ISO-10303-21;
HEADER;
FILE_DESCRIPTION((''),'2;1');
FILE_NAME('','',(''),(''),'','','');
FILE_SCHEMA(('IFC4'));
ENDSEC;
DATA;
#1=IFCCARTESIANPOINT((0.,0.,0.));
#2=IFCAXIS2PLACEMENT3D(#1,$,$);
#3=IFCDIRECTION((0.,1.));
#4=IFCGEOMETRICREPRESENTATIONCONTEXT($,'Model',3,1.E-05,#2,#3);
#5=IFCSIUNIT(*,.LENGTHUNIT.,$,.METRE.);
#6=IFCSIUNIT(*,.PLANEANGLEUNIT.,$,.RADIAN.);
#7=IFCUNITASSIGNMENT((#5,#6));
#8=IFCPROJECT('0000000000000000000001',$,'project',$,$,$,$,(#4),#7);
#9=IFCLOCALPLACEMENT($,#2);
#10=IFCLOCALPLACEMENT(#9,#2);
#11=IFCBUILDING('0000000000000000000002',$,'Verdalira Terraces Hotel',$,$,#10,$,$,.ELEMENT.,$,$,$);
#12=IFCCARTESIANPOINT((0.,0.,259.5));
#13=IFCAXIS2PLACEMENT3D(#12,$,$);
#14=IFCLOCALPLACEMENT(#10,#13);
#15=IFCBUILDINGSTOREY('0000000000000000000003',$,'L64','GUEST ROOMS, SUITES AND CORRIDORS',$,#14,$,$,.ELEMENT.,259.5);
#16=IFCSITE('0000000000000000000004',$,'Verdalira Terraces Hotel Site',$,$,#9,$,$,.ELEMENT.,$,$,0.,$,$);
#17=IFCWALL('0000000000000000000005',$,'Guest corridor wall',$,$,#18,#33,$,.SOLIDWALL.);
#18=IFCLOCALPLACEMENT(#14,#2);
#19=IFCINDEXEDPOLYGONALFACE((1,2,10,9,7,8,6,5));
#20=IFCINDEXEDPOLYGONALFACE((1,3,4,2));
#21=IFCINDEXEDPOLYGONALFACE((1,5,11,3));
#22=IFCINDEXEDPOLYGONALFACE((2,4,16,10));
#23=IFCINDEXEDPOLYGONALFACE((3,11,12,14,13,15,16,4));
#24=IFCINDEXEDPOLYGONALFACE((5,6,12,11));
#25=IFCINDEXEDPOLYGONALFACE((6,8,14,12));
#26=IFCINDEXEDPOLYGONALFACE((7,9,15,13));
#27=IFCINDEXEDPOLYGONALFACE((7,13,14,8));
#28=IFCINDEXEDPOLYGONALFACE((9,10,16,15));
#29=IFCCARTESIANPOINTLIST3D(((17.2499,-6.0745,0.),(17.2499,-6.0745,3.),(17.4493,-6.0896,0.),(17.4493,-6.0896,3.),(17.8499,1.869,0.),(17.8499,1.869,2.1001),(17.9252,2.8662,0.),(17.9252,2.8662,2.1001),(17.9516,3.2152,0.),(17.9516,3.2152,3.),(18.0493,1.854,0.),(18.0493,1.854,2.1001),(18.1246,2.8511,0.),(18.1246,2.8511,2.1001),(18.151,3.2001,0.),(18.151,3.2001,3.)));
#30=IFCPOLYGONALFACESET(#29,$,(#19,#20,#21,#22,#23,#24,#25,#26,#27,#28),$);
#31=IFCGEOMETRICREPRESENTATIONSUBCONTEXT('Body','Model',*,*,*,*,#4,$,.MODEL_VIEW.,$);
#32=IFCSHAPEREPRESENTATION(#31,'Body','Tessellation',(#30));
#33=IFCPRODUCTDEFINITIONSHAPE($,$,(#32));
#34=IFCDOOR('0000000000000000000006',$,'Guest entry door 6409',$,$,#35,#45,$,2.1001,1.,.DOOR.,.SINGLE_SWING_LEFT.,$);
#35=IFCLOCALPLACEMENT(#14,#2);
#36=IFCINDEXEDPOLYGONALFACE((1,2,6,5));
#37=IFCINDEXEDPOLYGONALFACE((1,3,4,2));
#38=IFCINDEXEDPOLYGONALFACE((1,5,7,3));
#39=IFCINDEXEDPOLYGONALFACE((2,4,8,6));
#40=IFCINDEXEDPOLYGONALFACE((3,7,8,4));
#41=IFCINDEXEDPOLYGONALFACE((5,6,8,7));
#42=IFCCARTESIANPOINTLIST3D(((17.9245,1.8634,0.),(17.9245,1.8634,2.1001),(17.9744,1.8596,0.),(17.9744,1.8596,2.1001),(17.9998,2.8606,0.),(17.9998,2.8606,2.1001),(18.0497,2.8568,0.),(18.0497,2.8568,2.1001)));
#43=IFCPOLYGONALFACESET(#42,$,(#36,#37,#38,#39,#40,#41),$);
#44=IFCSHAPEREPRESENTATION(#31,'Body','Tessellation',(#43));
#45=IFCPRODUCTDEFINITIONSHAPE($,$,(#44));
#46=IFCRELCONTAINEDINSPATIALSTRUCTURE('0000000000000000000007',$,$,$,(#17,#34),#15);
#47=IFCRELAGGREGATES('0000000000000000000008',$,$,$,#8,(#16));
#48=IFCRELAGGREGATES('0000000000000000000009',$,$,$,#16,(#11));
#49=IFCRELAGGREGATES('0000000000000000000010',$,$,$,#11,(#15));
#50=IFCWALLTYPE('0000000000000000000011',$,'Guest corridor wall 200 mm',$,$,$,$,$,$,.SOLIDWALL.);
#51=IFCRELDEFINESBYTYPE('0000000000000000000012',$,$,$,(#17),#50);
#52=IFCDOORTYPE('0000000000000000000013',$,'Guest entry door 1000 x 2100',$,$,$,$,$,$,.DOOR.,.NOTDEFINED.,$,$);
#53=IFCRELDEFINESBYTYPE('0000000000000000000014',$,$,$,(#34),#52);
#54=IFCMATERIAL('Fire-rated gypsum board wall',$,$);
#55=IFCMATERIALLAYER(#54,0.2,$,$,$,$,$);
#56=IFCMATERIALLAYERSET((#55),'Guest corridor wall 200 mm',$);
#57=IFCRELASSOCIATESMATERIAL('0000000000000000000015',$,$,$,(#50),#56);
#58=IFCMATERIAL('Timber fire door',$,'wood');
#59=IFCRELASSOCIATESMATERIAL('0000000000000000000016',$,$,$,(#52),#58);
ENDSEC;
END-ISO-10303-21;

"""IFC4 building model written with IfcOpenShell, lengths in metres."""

from ifc_helpers import new_model, si_unit, direction, frame, frame_2d, origin, place, context, subcontext, project, spatial, rectangle, extrude, material, layer, layer_set, type_object, element, fill, save


model = new_model("IFC4")

# Units and contexts
model_context = context("Model", 3, precision=1e-05, world=origin(), true_north=direction((0.0, 1.0)))
body_context = subcontext(model_context, "Body", "Model", "MODEL_VIEW")
ifc_project = project(units=[si_unit("LENGTHUNIT", "METRE"), si_unit("PLANEANGLEUNIT", "RADIAN")], contexts=[model_context])

# Site, building, storey
site_placement = place(None, origin())
site = spatial("IfcSite", under=ifc_project, at=site_placement, Name="Verdalira Terraces Hotel Site", CompositionType="ELEMENT", RefElevation=0.0)
building_placement = place(site_placement, origin())
building = spatial("IfcBuilding", under=site, at=building_placement, Name="Verdalira Terraces Hotel", CompositionType="ELEMENT")
storey_placement = place(building_placement, frame((0.0, 0.0, 259.5)))
storey = spatial("IfcBuildingStorey", under=building, at=storey_placement, Name="L64", Description="GUEST ROOMS, SUITES AND CORRIDORS", CompositionType="ELEMENT", Elevation=259.5)

# Wall, opening, door
ifc_material_1 = material(Name="Fire-rated gypsum board wall")
ifc_layer_1 = layer(ifc_material_1, 0.2)
ifc_layer_set_1 = layer_set([ifc_layer_1], Name="Guest corridor wall 200 mm")
wall_type_1 = type_object("IfcWallType", Name="Guest corridor wall 200 mm", PredefinedType="SOLIDWALL", material=ifc_layer_set_1)
wall_1_placement = place(storey_placement, frame((18.0513, 3.2078, 0.0), z_axis=(0.0, 0.0, 1.0), x_axis=(-0.075316, -0.99716, 0.0)))
wall_1 = element("IfcWall", 1, at=wall_1_placement, inside=storey, type_object=wall_type_1, Name="Guest corridor wall", PredefinedType="SOLIDWALL", context=body_context, shape_type="SweptSolid", body=[
    extrude(rectangle(XDim=9.3162, YDim=0.2, at=frame_2d((4.6582, 0.0))), origin(), (0.0, 0.0, 1.0), 3.0),
])
opening_1_placement = place(wall_1_placement, frame((0.3501, 0.0, 0.0)))
opening_1 = element("IfcOpeningElement", 2, at=opening_1_placement, cuts=wall_1, PredefinedType="OPENING", context=body_context, shape_type="SweptSolid", body=[
    extrude(rectangle(XDim=1.0, YDim=2.1001, at=frame_2d((0.5, 1.05))), frame((0.0, 0.1099, 0.0), z_axis=(0.0, -1.0, 0.0), x_axis=(1.0, 0.0, 0.0)), (0.0, 0.0, 1.0), 0.22),
])
ifc_material_2 = material(Name="Timber fire door", Category="wood")
door_type_1 = type_object("IfcDoorType", Name="Guest entry door 1000 x 2100", OperationType="NOTDEFINED", PredefinedType="DOOR", material=ifc_material_2)
door_1_placement = place(opening_1_placement, origin())
door_1 = element("IfcDoor", 3, at=door_1_placement, inside=storey, type_object=door_type_1, Name="Guest entry door 6409", OperationType="SINGLE_SWING_LEFT", OverallHeight=2.1001, OverallWidth=1.0, PredefinedType="DOOR", context=body_context, shape_type="SweptSolid", body=[
    extrude(rectangle(XDim=1.0, YDim=2.1001, at=frame_2d((0.5, 1.05))), frame((0.0, 0.0249, 0.0), z_axis=(0.0, -1.0, 0.0), x_axis=(1.0, 0.0, 0.0)), (0.0, 0.0, 1.0), 0.05),
])
fill(opening_1, door_1)

save(model, "model.ifc")
